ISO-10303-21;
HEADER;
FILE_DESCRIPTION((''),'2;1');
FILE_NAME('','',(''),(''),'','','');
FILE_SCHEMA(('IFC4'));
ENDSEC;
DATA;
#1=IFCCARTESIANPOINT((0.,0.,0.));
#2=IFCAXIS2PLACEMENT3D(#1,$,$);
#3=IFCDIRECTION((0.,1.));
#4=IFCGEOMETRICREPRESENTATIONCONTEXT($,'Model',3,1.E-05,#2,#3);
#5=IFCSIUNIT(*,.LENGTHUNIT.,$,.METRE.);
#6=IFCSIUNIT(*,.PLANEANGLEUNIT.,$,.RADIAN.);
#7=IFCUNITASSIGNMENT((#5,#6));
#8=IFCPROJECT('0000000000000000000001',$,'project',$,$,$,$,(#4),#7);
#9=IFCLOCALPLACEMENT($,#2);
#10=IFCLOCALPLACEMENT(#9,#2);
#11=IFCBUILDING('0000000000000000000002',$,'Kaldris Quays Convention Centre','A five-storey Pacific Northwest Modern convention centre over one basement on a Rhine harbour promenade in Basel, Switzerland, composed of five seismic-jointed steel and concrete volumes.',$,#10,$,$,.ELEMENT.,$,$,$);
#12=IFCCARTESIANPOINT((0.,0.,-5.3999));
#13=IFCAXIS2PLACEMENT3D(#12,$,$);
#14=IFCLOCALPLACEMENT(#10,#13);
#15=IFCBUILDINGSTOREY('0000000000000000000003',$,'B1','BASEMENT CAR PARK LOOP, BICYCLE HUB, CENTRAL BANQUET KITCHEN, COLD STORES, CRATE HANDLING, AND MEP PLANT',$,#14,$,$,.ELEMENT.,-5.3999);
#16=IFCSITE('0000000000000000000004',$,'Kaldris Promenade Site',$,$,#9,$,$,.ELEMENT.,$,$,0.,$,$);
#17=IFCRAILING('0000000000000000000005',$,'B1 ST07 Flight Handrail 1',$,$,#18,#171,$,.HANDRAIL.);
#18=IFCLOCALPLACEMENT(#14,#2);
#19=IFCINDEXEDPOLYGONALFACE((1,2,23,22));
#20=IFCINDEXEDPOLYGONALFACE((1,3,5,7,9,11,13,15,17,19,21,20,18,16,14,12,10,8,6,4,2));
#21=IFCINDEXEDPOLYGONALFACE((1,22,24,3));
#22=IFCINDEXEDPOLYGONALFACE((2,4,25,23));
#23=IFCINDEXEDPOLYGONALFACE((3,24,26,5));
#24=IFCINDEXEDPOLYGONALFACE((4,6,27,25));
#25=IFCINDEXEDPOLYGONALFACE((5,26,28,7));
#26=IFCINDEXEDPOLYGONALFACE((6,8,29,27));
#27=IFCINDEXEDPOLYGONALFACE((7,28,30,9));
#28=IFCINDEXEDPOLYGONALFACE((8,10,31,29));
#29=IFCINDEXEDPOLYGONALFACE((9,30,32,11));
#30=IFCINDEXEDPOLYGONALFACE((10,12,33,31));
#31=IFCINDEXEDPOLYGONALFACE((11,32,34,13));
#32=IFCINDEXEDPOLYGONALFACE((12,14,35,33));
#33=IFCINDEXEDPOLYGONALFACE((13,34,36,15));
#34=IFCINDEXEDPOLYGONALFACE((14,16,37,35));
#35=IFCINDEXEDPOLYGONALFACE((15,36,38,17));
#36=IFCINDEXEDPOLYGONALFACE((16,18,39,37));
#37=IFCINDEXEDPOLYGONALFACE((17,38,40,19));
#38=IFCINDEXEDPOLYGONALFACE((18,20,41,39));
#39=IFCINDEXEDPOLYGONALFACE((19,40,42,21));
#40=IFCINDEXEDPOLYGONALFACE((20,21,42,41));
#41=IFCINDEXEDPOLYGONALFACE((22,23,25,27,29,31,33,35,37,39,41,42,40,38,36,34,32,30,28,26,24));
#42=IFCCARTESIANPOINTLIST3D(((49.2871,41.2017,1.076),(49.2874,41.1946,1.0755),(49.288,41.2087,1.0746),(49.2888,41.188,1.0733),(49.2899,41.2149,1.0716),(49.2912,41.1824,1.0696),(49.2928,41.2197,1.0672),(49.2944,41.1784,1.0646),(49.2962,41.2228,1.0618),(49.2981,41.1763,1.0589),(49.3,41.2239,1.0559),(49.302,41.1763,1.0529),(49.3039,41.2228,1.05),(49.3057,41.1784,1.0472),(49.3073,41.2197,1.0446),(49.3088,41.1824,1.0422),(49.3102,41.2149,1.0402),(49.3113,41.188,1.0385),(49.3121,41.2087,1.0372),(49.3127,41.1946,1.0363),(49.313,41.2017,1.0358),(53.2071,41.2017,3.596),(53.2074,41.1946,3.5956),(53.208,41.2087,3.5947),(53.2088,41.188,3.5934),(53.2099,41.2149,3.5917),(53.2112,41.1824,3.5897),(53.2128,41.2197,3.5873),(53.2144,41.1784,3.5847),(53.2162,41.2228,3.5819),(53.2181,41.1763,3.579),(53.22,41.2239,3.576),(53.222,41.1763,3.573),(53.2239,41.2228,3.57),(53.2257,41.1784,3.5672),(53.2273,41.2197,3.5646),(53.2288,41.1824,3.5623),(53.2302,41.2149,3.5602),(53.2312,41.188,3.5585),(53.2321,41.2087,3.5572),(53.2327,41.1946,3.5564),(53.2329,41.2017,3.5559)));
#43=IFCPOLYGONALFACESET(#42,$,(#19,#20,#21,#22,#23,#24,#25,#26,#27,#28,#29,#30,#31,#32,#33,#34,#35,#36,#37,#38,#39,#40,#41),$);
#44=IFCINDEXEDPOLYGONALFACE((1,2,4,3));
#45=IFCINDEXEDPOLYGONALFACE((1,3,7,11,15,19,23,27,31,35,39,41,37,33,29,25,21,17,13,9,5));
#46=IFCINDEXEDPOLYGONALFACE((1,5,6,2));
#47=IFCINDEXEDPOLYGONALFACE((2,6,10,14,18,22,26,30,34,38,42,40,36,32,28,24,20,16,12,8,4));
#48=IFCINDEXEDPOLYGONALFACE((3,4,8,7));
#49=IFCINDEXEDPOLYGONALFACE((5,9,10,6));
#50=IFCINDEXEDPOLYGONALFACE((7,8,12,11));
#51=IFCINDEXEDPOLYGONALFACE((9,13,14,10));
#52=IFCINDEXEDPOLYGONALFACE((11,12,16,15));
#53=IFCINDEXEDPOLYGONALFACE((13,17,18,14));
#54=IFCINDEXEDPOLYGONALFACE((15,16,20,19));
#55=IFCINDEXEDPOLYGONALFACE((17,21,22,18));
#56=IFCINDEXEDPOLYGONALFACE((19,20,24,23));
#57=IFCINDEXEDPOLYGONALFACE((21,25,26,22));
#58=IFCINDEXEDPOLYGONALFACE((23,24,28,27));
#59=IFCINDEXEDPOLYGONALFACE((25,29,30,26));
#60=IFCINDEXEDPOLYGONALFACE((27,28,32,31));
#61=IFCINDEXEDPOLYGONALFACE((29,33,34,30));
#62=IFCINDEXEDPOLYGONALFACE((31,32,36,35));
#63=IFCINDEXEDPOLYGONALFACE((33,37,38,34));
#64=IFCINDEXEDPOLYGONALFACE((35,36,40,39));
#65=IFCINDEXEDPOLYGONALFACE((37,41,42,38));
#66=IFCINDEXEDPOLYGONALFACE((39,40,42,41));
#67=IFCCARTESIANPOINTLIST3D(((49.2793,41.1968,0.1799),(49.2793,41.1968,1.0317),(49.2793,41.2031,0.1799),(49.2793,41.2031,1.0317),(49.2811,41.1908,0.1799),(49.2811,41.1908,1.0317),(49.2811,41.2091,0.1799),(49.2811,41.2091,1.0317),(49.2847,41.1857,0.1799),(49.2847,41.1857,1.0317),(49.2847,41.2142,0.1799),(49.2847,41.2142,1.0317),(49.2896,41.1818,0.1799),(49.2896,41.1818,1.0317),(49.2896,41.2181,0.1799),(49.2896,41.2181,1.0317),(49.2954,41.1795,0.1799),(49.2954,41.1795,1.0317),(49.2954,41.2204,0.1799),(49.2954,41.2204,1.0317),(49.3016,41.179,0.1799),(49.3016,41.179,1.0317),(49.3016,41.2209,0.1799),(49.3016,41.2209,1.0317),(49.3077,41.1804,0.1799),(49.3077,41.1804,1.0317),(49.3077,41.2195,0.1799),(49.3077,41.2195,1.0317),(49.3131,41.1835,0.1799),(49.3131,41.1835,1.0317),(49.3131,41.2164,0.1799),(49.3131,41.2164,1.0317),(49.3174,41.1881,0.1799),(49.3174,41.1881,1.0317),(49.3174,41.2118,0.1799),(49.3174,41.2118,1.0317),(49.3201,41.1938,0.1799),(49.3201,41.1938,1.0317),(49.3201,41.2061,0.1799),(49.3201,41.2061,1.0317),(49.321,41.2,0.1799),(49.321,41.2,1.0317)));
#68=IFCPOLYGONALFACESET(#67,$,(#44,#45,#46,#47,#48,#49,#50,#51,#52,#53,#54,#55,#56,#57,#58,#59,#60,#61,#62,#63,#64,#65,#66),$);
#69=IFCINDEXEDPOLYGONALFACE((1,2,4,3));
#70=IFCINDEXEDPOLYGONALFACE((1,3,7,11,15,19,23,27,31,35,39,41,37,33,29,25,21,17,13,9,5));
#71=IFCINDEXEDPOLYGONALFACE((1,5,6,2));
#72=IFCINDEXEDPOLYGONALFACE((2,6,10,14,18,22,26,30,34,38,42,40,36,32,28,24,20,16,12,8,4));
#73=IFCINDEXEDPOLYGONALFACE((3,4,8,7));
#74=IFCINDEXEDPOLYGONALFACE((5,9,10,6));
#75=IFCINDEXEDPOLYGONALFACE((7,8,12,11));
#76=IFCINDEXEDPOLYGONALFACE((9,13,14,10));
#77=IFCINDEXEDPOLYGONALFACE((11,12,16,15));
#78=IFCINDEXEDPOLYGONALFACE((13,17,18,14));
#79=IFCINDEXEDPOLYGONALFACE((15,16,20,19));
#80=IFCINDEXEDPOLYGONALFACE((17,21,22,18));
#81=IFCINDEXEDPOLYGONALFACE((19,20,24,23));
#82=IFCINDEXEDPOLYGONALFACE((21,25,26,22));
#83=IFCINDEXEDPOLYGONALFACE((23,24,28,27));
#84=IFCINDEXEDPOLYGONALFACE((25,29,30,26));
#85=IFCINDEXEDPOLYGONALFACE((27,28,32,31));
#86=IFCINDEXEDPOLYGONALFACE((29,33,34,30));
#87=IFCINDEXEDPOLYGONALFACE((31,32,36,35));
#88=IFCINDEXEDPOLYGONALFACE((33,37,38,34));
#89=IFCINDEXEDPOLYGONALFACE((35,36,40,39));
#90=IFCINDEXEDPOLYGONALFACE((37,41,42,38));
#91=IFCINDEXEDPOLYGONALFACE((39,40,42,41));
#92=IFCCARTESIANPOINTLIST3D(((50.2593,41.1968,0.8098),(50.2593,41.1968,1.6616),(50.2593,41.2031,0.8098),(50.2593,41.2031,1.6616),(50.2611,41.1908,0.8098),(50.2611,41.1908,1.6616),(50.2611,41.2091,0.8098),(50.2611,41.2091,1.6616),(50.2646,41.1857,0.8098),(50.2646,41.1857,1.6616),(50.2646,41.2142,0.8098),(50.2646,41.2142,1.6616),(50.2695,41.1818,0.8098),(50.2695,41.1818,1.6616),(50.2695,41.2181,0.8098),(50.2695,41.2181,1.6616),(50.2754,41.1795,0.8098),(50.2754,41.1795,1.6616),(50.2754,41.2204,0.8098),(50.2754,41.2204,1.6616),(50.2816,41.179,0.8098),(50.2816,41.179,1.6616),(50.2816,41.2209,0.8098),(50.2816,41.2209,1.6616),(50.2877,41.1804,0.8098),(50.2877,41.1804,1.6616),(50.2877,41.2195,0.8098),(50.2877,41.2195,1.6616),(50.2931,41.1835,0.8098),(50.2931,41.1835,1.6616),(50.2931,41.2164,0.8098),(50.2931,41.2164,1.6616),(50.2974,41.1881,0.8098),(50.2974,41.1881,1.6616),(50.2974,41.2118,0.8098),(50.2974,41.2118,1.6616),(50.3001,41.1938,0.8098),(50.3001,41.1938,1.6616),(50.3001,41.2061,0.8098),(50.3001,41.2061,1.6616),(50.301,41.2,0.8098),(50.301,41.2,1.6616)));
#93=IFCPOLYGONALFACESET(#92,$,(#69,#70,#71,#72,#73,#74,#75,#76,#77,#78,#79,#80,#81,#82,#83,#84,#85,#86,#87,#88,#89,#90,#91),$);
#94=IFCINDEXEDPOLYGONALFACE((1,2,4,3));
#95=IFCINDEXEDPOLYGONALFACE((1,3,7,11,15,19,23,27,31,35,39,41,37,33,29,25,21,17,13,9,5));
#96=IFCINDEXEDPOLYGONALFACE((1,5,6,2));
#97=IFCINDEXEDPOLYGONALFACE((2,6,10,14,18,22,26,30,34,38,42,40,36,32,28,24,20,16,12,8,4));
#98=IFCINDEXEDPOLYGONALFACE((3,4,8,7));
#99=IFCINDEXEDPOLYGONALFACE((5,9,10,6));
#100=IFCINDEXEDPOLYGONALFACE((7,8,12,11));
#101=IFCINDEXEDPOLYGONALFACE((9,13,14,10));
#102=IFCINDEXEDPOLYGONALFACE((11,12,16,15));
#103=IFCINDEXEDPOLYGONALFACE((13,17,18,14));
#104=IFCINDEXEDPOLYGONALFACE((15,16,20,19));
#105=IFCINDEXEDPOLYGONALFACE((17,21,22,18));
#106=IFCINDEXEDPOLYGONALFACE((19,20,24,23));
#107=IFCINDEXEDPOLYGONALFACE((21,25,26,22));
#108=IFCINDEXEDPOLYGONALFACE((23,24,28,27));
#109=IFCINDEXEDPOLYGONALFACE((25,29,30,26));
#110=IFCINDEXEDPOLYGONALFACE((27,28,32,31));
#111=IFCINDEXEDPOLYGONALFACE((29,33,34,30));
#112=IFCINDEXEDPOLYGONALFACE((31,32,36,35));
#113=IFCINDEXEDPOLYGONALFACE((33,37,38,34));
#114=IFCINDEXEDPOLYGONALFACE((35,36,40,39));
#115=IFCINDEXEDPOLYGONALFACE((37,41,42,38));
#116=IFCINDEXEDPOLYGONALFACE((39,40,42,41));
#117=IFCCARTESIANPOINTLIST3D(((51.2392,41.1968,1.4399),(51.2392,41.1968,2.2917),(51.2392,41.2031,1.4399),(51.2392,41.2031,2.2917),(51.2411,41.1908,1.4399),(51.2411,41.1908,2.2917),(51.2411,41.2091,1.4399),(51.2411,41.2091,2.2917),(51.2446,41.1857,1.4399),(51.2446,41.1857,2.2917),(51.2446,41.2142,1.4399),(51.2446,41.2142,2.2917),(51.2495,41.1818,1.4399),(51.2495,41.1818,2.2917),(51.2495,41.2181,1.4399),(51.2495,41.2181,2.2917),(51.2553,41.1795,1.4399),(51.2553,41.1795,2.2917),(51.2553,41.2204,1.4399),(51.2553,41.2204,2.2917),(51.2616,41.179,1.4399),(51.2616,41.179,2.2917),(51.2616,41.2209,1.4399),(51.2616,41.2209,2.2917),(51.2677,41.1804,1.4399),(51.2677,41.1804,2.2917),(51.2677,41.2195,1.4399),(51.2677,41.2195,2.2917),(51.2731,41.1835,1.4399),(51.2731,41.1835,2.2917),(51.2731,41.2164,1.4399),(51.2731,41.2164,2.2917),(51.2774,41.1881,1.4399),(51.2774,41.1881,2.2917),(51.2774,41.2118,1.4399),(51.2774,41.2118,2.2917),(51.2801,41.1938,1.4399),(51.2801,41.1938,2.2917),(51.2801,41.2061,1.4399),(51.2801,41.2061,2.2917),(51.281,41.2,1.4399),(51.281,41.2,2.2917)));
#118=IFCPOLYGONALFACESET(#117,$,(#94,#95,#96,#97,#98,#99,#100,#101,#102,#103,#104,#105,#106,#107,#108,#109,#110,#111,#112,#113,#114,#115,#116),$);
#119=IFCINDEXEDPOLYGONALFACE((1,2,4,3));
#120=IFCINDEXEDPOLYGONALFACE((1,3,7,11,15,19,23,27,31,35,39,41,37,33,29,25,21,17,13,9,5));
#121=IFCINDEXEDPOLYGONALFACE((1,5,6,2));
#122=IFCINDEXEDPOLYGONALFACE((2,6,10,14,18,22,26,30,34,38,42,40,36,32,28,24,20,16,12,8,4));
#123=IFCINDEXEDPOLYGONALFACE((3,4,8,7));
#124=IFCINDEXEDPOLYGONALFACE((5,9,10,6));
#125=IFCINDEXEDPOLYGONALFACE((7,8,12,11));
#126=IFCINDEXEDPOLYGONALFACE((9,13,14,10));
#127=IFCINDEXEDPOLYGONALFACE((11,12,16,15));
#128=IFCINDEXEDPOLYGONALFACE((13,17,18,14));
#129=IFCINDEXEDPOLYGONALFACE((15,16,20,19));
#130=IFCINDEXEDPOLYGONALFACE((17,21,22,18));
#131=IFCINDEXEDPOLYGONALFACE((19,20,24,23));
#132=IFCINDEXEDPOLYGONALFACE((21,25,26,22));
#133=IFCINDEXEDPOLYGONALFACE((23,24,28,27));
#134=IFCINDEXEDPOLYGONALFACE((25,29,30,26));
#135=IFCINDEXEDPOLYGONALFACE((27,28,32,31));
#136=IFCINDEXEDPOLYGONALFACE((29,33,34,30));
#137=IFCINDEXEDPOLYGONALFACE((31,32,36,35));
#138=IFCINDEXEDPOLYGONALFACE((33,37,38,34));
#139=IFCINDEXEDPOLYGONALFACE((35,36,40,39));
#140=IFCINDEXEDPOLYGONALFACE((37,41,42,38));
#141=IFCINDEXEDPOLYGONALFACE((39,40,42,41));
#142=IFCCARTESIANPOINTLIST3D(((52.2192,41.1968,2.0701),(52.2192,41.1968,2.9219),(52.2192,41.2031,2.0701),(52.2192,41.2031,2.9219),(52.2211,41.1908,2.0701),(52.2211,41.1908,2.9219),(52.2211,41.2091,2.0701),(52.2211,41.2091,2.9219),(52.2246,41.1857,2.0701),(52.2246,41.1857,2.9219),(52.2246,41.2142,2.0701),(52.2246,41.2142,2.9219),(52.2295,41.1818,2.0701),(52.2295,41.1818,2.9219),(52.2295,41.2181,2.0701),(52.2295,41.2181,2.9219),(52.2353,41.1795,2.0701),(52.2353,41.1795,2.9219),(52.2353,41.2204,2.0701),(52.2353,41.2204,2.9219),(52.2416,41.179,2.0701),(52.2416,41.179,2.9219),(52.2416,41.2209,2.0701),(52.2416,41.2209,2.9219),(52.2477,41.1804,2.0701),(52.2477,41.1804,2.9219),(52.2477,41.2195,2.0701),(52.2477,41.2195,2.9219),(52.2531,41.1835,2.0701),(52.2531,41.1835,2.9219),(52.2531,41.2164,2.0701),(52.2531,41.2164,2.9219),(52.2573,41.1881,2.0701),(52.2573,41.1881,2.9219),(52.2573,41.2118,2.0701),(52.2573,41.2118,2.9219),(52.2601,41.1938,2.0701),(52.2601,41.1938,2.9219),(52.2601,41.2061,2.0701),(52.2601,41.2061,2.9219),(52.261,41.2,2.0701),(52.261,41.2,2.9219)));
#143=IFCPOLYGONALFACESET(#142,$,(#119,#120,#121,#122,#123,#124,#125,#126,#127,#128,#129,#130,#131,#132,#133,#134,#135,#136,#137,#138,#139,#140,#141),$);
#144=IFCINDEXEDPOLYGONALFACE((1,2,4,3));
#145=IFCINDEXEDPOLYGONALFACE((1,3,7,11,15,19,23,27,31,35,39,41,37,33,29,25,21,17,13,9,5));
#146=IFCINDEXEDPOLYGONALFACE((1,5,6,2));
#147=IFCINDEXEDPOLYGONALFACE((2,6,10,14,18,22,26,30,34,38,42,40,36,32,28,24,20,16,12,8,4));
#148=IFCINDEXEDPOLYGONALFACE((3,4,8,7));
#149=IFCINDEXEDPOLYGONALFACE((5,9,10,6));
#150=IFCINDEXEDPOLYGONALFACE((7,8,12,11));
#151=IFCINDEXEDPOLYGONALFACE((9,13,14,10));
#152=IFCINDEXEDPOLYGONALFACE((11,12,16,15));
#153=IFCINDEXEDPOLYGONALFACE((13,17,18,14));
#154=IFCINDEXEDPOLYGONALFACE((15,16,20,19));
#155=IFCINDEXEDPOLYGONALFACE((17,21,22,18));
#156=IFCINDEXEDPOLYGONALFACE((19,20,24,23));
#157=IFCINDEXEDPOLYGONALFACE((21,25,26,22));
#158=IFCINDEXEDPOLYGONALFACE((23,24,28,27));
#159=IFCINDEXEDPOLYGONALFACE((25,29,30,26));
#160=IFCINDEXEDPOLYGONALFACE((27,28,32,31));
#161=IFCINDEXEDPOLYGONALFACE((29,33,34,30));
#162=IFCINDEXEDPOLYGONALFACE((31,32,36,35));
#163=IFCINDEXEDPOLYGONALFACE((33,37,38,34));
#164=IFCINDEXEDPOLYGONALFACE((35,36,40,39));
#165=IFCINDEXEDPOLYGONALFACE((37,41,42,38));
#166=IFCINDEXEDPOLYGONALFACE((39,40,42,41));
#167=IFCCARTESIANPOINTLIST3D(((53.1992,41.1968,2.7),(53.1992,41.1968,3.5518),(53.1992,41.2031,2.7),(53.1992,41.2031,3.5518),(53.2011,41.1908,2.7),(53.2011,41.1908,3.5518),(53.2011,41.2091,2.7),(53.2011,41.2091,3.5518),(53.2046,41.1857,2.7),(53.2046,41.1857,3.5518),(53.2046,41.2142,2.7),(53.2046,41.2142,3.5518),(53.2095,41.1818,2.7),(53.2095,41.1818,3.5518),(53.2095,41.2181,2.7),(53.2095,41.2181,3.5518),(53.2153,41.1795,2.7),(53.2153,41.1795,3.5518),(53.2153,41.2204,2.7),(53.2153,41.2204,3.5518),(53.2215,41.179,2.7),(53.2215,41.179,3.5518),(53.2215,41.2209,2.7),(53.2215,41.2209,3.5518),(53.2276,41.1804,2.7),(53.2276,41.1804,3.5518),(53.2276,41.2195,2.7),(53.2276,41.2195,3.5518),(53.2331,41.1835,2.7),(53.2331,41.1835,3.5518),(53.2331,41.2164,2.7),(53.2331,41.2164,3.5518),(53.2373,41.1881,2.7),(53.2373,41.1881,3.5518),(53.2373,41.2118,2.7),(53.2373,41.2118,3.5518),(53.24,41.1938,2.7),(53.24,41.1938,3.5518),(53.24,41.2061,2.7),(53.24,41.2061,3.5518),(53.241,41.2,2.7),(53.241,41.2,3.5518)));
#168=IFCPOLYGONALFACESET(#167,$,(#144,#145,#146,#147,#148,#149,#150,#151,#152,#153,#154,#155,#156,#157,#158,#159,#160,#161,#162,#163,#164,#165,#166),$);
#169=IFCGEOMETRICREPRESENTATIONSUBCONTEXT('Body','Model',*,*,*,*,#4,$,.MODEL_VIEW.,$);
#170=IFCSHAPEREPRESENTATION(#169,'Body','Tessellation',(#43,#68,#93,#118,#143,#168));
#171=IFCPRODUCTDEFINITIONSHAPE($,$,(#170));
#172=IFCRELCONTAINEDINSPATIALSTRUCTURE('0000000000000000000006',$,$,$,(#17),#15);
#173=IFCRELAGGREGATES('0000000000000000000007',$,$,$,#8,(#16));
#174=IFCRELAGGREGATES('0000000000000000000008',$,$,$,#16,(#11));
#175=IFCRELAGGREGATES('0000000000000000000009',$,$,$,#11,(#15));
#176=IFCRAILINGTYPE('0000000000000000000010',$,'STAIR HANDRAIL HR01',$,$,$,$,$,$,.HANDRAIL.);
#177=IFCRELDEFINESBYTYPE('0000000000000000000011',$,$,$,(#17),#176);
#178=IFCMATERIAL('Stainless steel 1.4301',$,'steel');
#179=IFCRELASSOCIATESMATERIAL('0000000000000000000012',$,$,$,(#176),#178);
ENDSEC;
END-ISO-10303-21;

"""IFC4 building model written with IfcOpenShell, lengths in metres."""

from ifc_helpers import new_model, si_unit, direction, frame, origin, origin_2d, place, context, subcontext, project, spatial, circle, extrude, material, type_object, element, save


model = new_model("IFC4")

# Units and contexts
model_context = context("Model", 3, precision=1e-05, world=origin(), true_north=direction((0.0, 1.0)))
body_context = subcontext(model_context, "Body", "Model", "MODEL_VIEW")
ifc_project = project(units=[si_unit("LENGTHUNIT", "METRE"), si_unit("PLANEANGLEUNIT", "RADIAN")], contexts=[model_context])

# Site, building, storey
site_placement = place(None, origin())
site = spatial("IfcSite", under=ifc_project, at=site_placement, Name="Kaldris Promenade Site", CompositionType="ELEMENT", RefElevation=0.0)
building_placement = place(site_placement, origin())
building = spatial("IfcBuilding", under=site, at=building_placement, Name="Kaldris Quays Convention Centre", Description="A five-storey Pacific Northwest Modern convention centre over one basement on a Rhine harbour promenade in Basel, Switzerland, composed of five seismic-jointed steel and concrete volumes.", CompositionType="ELEMENT")
storey_placement = place(building_placement, frame((0.0, 0.0, -5.3999)))
storey = spatial("IfcBuildingStorey", under=building, at=storey_placement, Name="B1", Description="BASEMENT CAR PARK LOOP, BICYCLE HUB, CENTRAL BANQUET KITCHEN, COLD STORES, CRATE HANDLING, AND MEP PLANT", CompositionType="ELEMENT", Elevation=-5.3999)

# Railing
ifc_material_1 = material(Name="Stainless steel 1.4301", Category="steel")
railing_type_1 = type_object("IfcRailingType", Name="STAIR HANDRAIL HR01", PredefinedType="HANDRAIL", material=ifc_material_1)
railing_1_placement = place(storey_placement, frame((49.3, 41.2, 0.1799)))
element("IfcRailing", 1, at=railing_1_placement, inside=storey, type_object=railing_type_1, Name="B1 ST07 Flight Handrail 1", PredefinedType="HANDRAIL", context=body_context, shape_type="SweptSolid", body=[
    extrude(circle(Radius=0.0239, at=origin_2d()), frame((0.0, 0.0, 0.876), z_axis=(0.841172, 0.0, 0.540768), x_axis=(0.0, 1.0, 0.0)), (0.0, 0.0, 1.0), 4.6602),
    extrude(circle(Radius=0.021, at=origin_2d()), origin(), (0.0, 0.0, 1.0), 0.8518),
    extrude(circle(Radius=0.021, at=origin_2d()), frame((0.98, 0.0, 0.6299)), (0.0, 0.0, 1.0), 0.8518),
    extrude(circle(Radius=0.021, at=origin_2d()), frame((1.96, 0.0, 1.26)), (0.0, 0.0, 1.0), 0.8518),
    extrude(circle(Radius=0.021, at=origin_2d()), frame((2.9399, 0.0, 1.8901)), (0.0, 0.0, 1.0), 0.8518),
    extrude(circle(Radius=0.021, at=origin_2d()), frame((3.9199, 0.0, 2.52)), (0.0, 0.0, 1.0), 0.8518),
])

save(model, "model.ifc")
